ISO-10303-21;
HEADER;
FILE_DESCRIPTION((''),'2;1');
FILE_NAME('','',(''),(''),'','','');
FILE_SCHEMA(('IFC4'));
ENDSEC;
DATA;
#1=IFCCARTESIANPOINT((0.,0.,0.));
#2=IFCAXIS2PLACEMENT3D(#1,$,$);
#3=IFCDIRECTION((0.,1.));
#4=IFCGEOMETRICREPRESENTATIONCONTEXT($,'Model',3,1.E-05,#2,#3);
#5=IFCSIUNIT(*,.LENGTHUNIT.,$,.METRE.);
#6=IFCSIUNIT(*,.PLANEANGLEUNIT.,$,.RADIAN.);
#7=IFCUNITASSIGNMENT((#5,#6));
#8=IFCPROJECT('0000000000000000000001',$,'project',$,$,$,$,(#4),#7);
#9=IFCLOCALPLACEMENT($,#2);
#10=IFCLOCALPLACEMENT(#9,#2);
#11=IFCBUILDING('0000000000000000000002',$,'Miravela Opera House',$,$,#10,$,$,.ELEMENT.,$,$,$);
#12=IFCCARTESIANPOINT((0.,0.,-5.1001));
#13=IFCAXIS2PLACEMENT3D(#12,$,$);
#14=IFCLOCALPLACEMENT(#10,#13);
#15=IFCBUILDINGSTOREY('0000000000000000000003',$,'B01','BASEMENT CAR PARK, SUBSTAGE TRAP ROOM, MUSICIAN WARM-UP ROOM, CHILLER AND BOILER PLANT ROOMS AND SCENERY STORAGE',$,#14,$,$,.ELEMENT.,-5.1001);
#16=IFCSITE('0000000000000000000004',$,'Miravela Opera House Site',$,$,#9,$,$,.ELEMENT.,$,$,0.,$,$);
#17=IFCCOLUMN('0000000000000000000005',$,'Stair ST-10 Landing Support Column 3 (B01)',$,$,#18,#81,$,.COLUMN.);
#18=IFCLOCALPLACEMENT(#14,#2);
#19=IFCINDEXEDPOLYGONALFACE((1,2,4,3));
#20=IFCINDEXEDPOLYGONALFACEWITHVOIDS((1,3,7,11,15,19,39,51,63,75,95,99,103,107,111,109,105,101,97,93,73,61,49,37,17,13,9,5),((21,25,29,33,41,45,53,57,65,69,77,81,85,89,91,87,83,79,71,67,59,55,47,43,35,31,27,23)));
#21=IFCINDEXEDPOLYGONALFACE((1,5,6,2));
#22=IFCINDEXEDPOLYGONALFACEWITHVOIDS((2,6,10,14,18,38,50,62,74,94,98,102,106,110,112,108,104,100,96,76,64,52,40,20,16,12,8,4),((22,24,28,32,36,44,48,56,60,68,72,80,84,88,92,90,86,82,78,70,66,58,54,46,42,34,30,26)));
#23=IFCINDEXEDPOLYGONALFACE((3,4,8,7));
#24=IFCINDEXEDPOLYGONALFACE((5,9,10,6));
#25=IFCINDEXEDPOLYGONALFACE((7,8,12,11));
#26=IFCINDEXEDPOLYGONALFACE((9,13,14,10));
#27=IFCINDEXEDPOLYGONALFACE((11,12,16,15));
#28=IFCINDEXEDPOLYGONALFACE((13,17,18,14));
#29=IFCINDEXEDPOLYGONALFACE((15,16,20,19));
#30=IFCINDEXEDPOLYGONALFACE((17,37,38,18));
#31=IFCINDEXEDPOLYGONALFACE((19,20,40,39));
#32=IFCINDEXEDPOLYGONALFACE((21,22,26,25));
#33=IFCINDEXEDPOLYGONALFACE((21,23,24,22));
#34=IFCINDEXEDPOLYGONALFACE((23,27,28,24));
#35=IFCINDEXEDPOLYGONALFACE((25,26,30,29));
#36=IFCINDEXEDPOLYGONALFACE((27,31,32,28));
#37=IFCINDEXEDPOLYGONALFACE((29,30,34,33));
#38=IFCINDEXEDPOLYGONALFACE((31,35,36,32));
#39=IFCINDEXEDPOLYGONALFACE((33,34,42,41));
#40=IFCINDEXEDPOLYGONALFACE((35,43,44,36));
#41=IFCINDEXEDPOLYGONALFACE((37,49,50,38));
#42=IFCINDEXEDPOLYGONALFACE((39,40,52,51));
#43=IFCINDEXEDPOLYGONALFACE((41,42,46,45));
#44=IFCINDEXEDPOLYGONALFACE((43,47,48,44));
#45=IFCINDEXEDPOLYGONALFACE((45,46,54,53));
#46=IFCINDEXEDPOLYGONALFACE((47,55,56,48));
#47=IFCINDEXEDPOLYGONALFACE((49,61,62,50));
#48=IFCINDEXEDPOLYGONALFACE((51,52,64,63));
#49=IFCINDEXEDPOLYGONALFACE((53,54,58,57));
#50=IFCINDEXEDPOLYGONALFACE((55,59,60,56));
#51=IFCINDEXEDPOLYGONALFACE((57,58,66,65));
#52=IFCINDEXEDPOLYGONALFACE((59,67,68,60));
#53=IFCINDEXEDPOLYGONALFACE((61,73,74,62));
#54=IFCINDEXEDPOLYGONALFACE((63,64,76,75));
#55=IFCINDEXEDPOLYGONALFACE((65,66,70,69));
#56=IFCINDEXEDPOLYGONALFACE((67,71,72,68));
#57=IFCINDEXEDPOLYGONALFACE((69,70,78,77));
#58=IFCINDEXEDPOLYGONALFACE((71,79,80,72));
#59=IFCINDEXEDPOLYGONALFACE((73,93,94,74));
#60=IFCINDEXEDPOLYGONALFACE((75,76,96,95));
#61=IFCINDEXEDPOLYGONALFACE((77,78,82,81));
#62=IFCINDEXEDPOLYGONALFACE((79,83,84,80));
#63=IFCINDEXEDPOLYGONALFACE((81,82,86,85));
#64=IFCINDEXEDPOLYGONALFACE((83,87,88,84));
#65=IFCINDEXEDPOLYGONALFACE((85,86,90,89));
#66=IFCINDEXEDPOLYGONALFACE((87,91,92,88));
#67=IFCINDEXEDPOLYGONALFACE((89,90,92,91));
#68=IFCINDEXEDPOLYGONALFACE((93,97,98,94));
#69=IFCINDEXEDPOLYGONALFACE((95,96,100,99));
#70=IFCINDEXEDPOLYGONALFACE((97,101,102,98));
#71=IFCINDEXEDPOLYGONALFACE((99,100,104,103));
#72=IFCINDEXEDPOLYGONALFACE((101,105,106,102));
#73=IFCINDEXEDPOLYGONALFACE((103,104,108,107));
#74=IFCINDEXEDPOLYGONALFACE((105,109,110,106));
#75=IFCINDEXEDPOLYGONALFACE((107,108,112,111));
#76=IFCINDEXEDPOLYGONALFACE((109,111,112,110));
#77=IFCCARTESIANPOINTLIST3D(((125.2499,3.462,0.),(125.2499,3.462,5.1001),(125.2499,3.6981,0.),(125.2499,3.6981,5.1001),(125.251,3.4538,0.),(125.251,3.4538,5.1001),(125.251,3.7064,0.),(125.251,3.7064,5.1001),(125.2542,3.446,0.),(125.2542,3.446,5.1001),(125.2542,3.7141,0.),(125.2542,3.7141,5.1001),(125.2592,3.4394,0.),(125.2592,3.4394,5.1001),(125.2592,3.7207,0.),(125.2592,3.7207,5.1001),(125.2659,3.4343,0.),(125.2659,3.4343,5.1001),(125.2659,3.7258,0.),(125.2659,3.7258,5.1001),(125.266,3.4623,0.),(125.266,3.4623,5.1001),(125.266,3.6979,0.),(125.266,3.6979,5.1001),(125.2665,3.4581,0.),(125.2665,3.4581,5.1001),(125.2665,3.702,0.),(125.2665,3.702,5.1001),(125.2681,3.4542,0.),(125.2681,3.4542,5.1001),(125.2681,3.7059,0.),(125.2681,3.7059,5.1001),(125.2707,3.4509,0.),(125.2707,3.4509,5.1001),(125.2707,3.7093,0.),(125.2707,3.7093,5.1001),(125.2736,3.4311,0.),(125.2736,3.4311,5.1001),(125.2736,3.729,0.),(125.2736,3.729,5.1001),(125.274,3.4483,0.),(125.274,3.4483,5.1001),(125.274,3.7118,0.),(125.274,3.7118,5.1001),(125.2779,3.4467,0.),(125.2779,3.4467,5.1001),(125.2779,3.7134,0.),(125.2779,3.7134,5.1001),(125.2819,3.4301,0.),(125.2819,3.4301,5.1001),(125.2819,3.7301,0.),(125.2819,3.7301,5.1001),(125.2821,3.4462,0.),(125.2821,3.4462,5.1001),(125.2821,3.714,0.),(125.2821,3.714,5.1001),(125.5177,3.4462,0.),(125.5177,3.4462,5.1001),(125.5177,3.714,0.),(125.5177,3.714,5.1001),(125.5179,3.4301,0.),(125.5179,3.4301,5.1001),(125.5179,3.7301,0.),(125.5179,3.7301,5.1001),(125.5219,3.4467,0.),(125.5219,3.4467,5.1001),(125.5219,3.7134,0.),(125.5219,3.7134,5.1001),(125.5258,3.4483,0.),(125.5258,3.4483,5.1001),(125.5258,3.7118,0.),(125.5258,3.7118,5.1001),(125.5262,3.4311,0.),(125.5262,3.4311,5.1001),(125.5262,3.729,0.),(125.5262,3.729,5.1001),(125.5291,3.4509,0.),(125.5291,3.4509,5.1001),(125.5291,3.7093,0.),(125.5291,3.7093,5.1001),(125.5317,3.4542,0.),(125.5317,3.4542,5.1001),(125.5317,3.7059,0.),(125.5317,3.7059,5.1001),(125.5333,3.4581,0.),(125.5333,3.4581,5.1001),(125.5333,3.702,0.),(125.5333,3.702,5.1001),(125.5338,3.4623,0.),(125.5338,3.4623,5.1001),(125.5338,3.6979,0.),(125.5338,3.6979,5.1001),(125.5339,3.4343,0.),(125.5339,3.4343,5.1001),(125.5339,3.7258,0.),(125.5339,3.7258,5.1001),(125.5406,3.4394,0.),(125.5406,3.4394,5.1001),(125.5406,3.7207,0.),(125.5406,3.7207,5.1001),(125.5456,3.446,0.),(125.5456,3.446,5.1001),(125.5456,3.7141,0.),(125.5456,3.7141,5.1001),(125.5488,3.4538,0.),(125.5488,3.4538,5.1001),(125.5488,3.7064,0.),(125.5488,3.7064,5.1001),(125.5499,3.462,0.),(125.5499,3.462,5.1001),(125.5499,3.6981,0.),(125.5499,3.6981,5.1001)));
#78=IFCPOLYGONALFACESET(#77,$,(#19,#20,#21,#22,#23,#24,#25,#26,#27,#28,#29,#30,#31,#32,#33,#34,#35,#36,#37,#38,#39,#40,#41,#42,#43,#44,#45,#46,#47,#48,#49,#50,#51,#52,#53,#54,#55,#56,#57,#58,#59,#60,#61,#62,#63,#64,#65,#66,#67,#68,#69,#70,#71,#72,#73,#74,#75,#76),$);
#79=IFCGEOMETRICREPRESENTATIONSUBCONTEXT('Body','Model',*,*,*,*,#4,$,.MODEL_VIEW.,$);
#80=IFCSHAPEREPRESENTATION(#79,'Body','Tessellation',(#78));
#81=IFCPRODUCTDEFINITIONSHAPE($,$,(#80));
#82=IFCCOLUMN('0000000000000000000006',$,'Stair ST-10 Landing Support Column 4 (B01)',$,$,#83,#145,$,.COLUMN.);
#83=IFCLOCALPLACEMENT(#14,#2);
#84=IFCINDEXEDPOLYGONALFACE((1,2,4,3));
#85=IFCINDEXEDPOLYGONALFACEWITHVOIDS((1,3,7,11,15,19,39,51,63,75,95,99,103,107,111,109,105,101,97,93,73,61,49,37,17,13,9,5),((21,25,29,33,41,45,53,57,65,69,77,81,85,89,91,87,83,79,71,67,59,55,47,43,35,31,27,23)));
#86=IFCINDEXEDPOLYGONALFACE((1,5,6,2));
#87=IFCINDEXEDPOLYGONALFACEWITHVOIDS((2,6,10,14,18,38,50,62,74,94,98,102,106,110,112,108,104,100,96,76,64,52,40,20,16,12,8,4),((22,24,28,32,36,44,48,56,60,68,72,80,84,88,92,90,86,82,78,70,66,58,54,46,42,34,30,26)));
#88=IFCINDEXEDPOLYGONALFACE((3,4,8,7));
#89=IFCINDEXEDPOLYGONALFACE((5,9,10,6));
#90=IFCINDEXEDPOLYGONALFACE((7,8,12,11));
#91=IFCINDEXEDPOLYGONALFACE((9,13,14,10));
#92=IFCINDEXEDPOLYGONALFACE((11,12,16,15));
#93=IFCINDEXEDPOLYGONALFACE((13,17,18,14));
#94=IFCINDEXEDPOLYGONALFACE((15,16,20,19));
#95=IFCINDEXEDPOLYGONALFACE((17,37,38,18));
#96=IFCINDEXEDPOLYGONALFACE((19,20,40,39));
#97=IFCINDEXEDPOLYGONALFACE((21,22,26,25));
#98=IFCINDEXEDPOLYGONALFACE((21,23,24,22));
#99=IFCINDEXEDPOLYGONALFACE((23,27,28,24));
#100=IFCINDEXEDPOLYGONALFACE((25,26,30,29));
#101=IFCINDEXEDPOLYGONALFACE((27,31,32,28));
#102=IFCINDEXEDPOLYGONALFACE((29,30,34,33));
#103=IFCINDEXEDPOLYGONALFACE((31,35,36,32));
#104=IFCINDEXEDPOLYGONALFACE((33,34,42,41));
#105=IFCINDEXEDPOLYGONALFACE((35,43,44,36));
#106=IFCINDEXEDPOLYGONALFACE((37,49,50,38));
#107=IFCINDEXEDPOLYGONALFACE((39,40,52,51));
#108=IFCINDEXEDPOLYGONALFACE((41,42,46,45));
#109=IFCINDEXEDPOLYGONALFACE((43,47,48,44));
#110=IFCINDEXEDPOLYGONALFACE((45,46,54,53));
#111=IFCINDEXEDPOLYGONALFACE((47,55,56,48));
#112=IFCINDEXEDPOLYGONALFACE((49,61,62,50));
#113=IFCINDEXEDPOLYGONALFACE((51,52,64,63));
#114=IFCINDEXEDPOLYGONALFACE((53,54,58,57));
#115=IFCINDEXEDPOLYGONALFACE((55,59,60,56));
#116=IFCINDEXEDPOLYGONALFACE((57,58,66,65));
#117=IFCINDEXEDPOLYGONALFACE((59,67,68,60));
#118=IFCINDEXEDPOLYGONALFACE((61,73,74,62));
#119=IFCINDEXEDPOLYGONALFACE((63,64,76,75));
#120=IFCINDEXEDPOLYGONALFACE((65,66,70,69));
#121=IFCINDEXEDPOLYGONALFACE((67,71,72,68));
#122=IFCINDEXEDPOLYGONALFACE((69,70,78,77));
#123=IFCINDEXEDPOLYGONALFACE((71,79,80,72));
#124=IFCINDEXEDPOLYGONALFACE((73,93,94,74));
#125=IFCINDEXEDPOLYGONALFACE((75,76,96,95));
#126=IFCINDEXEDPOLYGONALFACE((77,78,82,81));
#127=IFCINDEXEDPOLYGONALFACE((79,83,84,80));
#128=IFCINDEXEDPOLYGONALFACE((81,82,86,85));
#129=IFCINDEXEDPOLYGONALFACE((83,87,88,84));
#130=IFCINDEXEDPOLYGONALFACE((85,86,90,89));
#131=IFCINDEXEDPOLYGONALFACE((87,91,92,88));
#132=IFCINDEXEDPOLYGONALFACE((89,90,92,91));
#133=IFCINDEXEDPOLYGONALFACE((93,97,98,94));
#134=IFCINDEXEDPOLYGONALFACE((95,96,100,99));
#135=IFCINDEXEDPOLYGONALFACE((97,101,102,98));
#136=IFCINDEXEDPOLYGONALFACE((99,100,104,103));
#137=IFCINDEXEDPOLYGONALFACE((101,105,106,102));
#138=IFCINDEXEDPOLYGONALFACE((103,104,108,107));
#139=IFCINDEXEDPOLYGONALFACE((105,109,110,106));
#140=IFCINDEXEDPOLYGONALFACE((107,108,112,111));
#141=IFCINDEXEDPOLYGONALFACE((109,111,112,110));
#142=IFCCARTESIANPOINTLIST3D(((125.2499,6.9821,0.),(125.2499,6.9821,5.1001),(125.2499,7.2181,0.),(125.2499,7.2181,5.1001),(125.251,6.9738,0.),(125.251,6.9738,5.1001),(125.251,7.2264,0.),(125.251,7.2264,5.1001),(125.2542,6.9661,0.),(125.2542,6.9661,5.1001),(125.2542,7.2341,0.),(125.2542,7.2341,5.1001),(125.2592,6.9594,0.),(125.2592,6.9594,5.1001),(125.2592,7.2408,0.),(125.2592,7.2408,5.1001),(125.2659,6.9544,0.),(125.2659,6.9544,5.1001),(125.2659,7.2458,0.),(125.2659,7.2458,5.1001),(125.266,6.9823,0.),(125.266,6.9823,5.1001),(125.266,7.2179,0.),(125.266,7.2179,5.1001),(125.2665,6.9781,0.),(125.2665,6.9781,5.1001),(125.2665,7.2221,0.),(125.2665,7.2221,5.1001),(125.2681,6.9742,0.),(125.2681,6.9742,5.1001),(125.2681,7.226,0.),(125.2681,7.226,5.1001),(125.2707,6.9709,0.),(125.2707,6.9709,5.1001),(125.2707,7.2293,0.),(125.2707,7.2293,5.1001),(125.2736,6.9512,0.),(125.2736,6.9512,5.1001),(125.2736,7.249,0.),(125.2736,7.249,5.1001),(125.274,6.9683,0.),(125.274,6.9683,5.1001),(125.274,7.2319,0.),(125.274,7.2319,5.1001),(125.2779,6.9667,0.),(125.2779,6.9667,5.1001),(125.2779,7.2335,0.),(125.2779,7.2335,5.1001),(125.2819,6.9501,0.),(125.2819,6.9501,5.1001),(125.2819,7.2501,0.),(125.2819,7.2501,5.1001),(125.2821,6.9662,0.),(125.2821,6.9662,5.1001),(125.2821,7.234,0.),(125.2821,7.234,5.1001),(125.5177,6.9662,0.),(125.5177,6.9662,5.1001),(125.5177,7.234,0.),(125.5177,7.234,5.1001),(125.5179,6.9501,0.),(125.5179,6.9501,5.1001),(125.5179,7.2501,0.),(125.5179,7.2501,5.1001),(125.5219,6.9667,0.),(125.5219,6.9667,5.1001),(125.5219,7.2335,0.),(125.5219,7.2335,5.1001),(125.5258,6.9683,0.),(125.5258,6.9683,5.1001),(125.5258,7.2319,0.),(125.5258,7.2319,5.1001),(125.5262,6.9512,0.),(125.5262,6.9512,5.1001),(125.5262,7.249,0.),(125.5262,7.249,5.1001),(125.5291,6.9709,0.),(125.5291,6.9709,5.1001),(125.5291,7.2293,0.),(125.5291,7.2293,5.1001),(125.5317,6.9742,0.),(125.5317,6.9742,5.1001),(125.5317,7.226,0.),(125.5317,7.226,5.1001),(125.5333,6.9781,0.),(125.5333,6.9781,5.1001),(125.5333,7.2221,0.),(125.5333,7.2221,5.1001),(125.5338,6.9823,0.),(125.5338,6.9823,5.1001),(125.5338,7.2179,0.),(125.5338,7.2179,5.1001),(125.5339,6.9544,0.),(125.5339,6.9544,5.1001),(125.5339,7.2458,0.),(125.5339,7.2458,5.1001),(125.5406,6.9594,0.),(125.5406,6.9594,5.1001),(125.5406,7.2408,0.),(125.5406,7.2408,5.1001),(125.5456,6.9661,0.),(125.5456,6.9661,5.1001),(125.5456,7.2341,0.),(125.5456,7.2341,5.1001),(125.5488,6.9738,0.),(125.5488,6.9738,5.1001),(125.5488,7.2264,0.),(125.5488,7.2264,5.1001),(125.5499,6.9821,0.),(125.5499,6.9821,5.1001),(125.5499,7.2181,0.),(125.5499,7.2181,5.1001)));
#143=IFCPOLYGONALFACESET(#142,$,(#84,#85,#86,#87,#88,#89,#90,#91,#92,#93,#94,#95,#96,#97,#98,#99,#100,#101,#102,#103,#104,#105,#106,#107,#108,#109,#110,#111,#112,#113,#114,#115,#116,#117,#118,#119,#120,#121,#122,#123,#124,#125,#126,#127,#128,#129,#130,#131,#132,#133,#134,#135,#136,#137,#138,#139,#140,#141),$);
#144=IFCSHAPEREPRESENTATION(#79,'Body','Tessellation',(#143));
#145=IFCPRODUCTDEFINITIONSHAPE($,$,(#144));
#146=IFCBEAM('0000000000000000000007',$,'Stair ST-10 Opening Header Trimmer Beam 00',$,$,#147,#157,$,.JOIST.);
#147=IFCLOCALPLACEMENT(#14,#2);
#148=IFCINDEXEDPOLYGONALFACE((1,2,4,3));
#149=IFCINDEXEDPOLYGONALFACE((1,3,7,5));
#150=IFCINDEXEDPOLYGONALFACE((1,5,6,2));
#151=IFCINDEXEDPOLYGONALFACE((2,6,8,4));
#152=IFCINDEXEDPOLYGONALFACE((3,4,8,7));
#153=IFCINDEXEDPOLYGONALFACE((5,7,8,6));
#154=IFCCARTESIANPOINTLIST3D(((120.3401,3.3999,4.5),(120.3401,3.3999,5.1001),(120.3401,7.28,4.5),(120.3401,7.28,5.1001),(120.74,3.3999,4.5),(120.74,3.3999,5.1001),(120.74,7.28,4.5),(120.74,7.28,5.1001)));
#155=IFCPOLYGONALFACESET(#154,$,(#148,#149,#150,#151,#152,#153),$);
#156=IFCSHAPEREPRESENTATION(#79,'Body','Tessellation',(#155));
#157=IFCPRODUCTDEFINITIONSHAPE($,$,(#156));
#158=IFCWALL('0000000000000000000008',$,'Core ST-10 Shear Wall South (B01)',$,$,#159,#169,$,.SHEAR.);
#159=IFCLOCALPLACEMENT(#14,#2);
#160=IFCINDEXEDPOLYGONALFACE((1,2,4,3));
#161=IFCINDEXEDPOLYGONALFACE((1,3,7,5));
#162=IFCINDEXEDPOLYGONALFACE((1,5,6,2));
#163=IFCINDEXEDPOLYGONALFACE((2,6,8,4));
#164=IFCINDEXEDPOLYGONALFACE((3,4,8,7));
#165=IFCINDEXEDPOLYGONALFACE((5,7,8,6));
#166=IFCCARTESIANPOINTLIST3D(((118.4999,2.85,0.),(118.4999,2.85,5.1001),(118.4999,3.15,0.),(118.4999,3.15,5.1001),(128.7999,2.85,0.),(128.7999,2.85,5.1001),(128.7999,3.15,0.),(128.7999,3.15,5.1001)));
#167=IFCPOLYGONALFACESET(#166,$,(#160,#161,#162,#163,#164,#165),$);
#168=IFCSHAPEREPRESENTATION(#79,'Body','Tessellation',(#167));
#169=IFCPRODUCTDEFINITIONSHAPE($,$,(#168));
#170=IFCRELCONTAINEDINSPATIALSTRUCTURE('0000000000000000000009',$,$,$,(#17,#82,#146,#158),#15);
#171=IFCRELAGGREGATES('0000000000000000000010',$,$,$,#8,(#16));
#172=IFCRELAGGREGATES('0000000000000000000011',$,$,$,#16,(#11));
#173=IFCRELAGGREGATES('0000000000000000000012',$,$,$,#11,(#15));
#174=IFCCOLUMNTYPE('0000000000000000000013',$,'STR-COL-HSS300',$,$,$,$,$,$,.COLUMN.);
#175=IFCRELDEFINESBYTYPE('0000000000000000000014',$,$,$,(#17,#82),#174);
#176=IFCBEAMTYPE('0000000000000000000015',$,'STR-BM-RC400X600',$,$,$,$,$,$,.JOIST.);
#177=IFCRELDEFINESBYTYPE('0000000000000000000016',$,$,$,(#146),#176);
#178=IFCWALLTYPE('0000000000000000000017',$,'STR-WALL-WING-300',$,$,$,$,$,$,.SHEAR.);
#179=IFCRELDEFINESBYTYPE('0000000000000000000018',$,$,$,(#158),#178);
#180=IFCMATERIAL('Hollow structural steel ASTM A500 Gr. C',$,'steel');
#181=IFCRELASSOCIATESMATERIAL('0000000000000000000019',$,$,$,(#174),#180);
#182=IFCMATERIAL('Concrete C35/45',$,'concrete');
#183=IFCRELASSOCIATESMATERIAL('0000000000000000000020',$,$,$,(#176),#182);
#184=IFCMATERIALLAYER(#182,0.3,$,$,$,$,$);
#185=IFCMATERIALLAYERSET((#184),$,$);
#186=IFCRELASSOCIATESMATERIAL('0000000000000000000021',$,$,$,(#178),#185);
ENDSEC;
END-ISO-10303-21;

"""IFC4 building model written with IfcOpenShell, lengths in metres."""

from ifc_helpers import new_model, si_unit, direction, frame, frame_2d, origin, origin_2d, place, context, subcontext, project, spatial, rectangle, hollow_rectangle, extrude, material, layer, layer_set, material_profile, profile_set, type_object, element, save


model = new_model("IFC4")

# Units and contexts
model_context = context("Model", 3, precision=1e-05, world=origin(), true_north=direction((0.0, 1.0)))
body_context = subcontext(model_context, "Body", "Model", "MODEL_VIEW")
ifc_project = project(units=[si_unit("LENGTHUNIT", "METRE"), si_unit("PLANEANGLEUNIT", "RADIAN")], contexts=[model_context])

# Site, building, storey
site_placement = place(None, origin())
site = spatial("IfcSite", under=ifc_project, at=site_placement, Name="Miravela Opera House Site", CompositionType="ELEMENT", RefElevation=0.0)
building_placement = place(site_placement, origin())
building = spatial("IfcBuilding", under=site, at=building_placement, Name="Miravela Opera House", CompositionType="ELEMENT")
storey_placement = place(building_placement, frame((0.0, 0.0, -5.1001)))
storey = spatial("IfcBuildingStorey", under=building, at=storey_placement, Name="B01", Description="BASEMENT CAR PARK, SUBSTAGE TRAP ROOM, MUSICIAN WARM-UP ROOM, CHILLER AND BOILER PLANT ROOMS AND SCENERY STORAGE", CompositionType="ELEMENT", Elevation=-5.1001)

# Shared definitions
ifc_material_1 = material(Name="Concrete C35/45", Category="concrete")

# Columns
ifc_material_2 = material(Name="Hollow structural steel ASTM A500 Gr. C", Category="steel")
ifc_material_profile_1 = material_profile(ifc_material_2, hollow_rectangle(XDim=0.3, YDim=0.3, WallThickness=0.0161, InnerFilletRadius=0.0161, OuterFilletRadius=0.032, at=origin_2d()), Name="HSS300X300X16")
ifc_profile_set_1 = profile_set([ifc_material_profile_1])
column_type = type_object("IfcColumnType", Name="STR-COL-HSS300", PredefinedType="COLUMN", material=ifc_profile_set_1)
for number, where, z_axis, x_axis, name in (
    (1, (125.3999, 3.5801, 0.0), (0.0, 0.0, 1.0), (1.0, 0.0, 0.0), "Stair ST-10 Landing Support Column 3 (B01)"),
    (2, (125.3999, 7.1001, 0.0), (0.0, 0.0, 1.0), (1.0, 0.0, 0.0), "Stair ST-10 Landing Support Column 4 (B01)"),
):
    element("IfcColumn", number, at=place(storey_placement, frame(where, z_axis=z_axis, x_axis=x_axis)), inside=storey, type_object=column_type, Name=name, PredefinedType="COLUMN", context=body_context, shape_type="SweptSolid", body=[
        extrude(hollow_rectangle(XDim=0.3, YDim=0.3, WallThickness=0.0161, InnerFilletRadius=0.0161, OuterFilletRadius=0.032, at=origin_2d()), origin(), (0.0, 0.0, 1.0), 5.1001),
    ])

# Beam
ifc_material_profile_2 = material_profile(ifc_material_1, rectangle(XDim=0.3999, YDim=0.6001, at=origin_2d()), Name="RC-BM-400X600")
ifc_profile_set_2 = profile_set([ifc_material_profile_2])
beam_type = type_object("IfcBeamType", Name="STR-BM-RC400X600", PredefinedType="JOIST", material=ifc_profile_set_2)
beam_placement = place(storey_placement, frame((120.54, 3.3999, 4.8), z_axis=(0.0, 1.0, 0.0), x_axis=(-1.0, 0.0, 0.0)))
element("IfcBeam", 3, at=beam_placement, inside=storey, type_object=beam_type, Name="Stair ST-10 Opening Header Trimmer Beam 00", PredefinedType="JOIST", context=body_context, shape_type="SweptSolid", body=[
    extrude(rectangle(XDim=0.3999, YDim=0.6001, at=origin_2d()), origin(), (0.0, 0.0, 1.0), 3.8801),
])

# Wall
ifc_layer = layer(ifc_material_1, 0.3)
ifc_layer_set = layer_set([ifc_layer])
wall_type = type_object("IfcWallType", Name="STR-WALL-WING-300", PredefinedType="SHEAR", material=ifc_layer_set)
wall_1_placement = place(storey_placement, frame((118.5, 3.0, 0.0), z_axis=(0.0, 0.0, 1.0), x_axis=(1.0, 0.0, 0.0)))
element("IfcWall", 4, at=wall_1_placement, inside=storey, type_object=wall_type, Name="Core ST-10 Shear Wall South (B01)", PredefinedType="SHEAR", context=body_context, shape_type="SweptSolid", body=[
    extrude(rectangle(XDim=10.3, YDim=0.3, at=frame_2d((5.1499, 0.0))), origin(), (0.0, 0.0, 1.0), 5.1001),
])

save(model, "model.ifc")
